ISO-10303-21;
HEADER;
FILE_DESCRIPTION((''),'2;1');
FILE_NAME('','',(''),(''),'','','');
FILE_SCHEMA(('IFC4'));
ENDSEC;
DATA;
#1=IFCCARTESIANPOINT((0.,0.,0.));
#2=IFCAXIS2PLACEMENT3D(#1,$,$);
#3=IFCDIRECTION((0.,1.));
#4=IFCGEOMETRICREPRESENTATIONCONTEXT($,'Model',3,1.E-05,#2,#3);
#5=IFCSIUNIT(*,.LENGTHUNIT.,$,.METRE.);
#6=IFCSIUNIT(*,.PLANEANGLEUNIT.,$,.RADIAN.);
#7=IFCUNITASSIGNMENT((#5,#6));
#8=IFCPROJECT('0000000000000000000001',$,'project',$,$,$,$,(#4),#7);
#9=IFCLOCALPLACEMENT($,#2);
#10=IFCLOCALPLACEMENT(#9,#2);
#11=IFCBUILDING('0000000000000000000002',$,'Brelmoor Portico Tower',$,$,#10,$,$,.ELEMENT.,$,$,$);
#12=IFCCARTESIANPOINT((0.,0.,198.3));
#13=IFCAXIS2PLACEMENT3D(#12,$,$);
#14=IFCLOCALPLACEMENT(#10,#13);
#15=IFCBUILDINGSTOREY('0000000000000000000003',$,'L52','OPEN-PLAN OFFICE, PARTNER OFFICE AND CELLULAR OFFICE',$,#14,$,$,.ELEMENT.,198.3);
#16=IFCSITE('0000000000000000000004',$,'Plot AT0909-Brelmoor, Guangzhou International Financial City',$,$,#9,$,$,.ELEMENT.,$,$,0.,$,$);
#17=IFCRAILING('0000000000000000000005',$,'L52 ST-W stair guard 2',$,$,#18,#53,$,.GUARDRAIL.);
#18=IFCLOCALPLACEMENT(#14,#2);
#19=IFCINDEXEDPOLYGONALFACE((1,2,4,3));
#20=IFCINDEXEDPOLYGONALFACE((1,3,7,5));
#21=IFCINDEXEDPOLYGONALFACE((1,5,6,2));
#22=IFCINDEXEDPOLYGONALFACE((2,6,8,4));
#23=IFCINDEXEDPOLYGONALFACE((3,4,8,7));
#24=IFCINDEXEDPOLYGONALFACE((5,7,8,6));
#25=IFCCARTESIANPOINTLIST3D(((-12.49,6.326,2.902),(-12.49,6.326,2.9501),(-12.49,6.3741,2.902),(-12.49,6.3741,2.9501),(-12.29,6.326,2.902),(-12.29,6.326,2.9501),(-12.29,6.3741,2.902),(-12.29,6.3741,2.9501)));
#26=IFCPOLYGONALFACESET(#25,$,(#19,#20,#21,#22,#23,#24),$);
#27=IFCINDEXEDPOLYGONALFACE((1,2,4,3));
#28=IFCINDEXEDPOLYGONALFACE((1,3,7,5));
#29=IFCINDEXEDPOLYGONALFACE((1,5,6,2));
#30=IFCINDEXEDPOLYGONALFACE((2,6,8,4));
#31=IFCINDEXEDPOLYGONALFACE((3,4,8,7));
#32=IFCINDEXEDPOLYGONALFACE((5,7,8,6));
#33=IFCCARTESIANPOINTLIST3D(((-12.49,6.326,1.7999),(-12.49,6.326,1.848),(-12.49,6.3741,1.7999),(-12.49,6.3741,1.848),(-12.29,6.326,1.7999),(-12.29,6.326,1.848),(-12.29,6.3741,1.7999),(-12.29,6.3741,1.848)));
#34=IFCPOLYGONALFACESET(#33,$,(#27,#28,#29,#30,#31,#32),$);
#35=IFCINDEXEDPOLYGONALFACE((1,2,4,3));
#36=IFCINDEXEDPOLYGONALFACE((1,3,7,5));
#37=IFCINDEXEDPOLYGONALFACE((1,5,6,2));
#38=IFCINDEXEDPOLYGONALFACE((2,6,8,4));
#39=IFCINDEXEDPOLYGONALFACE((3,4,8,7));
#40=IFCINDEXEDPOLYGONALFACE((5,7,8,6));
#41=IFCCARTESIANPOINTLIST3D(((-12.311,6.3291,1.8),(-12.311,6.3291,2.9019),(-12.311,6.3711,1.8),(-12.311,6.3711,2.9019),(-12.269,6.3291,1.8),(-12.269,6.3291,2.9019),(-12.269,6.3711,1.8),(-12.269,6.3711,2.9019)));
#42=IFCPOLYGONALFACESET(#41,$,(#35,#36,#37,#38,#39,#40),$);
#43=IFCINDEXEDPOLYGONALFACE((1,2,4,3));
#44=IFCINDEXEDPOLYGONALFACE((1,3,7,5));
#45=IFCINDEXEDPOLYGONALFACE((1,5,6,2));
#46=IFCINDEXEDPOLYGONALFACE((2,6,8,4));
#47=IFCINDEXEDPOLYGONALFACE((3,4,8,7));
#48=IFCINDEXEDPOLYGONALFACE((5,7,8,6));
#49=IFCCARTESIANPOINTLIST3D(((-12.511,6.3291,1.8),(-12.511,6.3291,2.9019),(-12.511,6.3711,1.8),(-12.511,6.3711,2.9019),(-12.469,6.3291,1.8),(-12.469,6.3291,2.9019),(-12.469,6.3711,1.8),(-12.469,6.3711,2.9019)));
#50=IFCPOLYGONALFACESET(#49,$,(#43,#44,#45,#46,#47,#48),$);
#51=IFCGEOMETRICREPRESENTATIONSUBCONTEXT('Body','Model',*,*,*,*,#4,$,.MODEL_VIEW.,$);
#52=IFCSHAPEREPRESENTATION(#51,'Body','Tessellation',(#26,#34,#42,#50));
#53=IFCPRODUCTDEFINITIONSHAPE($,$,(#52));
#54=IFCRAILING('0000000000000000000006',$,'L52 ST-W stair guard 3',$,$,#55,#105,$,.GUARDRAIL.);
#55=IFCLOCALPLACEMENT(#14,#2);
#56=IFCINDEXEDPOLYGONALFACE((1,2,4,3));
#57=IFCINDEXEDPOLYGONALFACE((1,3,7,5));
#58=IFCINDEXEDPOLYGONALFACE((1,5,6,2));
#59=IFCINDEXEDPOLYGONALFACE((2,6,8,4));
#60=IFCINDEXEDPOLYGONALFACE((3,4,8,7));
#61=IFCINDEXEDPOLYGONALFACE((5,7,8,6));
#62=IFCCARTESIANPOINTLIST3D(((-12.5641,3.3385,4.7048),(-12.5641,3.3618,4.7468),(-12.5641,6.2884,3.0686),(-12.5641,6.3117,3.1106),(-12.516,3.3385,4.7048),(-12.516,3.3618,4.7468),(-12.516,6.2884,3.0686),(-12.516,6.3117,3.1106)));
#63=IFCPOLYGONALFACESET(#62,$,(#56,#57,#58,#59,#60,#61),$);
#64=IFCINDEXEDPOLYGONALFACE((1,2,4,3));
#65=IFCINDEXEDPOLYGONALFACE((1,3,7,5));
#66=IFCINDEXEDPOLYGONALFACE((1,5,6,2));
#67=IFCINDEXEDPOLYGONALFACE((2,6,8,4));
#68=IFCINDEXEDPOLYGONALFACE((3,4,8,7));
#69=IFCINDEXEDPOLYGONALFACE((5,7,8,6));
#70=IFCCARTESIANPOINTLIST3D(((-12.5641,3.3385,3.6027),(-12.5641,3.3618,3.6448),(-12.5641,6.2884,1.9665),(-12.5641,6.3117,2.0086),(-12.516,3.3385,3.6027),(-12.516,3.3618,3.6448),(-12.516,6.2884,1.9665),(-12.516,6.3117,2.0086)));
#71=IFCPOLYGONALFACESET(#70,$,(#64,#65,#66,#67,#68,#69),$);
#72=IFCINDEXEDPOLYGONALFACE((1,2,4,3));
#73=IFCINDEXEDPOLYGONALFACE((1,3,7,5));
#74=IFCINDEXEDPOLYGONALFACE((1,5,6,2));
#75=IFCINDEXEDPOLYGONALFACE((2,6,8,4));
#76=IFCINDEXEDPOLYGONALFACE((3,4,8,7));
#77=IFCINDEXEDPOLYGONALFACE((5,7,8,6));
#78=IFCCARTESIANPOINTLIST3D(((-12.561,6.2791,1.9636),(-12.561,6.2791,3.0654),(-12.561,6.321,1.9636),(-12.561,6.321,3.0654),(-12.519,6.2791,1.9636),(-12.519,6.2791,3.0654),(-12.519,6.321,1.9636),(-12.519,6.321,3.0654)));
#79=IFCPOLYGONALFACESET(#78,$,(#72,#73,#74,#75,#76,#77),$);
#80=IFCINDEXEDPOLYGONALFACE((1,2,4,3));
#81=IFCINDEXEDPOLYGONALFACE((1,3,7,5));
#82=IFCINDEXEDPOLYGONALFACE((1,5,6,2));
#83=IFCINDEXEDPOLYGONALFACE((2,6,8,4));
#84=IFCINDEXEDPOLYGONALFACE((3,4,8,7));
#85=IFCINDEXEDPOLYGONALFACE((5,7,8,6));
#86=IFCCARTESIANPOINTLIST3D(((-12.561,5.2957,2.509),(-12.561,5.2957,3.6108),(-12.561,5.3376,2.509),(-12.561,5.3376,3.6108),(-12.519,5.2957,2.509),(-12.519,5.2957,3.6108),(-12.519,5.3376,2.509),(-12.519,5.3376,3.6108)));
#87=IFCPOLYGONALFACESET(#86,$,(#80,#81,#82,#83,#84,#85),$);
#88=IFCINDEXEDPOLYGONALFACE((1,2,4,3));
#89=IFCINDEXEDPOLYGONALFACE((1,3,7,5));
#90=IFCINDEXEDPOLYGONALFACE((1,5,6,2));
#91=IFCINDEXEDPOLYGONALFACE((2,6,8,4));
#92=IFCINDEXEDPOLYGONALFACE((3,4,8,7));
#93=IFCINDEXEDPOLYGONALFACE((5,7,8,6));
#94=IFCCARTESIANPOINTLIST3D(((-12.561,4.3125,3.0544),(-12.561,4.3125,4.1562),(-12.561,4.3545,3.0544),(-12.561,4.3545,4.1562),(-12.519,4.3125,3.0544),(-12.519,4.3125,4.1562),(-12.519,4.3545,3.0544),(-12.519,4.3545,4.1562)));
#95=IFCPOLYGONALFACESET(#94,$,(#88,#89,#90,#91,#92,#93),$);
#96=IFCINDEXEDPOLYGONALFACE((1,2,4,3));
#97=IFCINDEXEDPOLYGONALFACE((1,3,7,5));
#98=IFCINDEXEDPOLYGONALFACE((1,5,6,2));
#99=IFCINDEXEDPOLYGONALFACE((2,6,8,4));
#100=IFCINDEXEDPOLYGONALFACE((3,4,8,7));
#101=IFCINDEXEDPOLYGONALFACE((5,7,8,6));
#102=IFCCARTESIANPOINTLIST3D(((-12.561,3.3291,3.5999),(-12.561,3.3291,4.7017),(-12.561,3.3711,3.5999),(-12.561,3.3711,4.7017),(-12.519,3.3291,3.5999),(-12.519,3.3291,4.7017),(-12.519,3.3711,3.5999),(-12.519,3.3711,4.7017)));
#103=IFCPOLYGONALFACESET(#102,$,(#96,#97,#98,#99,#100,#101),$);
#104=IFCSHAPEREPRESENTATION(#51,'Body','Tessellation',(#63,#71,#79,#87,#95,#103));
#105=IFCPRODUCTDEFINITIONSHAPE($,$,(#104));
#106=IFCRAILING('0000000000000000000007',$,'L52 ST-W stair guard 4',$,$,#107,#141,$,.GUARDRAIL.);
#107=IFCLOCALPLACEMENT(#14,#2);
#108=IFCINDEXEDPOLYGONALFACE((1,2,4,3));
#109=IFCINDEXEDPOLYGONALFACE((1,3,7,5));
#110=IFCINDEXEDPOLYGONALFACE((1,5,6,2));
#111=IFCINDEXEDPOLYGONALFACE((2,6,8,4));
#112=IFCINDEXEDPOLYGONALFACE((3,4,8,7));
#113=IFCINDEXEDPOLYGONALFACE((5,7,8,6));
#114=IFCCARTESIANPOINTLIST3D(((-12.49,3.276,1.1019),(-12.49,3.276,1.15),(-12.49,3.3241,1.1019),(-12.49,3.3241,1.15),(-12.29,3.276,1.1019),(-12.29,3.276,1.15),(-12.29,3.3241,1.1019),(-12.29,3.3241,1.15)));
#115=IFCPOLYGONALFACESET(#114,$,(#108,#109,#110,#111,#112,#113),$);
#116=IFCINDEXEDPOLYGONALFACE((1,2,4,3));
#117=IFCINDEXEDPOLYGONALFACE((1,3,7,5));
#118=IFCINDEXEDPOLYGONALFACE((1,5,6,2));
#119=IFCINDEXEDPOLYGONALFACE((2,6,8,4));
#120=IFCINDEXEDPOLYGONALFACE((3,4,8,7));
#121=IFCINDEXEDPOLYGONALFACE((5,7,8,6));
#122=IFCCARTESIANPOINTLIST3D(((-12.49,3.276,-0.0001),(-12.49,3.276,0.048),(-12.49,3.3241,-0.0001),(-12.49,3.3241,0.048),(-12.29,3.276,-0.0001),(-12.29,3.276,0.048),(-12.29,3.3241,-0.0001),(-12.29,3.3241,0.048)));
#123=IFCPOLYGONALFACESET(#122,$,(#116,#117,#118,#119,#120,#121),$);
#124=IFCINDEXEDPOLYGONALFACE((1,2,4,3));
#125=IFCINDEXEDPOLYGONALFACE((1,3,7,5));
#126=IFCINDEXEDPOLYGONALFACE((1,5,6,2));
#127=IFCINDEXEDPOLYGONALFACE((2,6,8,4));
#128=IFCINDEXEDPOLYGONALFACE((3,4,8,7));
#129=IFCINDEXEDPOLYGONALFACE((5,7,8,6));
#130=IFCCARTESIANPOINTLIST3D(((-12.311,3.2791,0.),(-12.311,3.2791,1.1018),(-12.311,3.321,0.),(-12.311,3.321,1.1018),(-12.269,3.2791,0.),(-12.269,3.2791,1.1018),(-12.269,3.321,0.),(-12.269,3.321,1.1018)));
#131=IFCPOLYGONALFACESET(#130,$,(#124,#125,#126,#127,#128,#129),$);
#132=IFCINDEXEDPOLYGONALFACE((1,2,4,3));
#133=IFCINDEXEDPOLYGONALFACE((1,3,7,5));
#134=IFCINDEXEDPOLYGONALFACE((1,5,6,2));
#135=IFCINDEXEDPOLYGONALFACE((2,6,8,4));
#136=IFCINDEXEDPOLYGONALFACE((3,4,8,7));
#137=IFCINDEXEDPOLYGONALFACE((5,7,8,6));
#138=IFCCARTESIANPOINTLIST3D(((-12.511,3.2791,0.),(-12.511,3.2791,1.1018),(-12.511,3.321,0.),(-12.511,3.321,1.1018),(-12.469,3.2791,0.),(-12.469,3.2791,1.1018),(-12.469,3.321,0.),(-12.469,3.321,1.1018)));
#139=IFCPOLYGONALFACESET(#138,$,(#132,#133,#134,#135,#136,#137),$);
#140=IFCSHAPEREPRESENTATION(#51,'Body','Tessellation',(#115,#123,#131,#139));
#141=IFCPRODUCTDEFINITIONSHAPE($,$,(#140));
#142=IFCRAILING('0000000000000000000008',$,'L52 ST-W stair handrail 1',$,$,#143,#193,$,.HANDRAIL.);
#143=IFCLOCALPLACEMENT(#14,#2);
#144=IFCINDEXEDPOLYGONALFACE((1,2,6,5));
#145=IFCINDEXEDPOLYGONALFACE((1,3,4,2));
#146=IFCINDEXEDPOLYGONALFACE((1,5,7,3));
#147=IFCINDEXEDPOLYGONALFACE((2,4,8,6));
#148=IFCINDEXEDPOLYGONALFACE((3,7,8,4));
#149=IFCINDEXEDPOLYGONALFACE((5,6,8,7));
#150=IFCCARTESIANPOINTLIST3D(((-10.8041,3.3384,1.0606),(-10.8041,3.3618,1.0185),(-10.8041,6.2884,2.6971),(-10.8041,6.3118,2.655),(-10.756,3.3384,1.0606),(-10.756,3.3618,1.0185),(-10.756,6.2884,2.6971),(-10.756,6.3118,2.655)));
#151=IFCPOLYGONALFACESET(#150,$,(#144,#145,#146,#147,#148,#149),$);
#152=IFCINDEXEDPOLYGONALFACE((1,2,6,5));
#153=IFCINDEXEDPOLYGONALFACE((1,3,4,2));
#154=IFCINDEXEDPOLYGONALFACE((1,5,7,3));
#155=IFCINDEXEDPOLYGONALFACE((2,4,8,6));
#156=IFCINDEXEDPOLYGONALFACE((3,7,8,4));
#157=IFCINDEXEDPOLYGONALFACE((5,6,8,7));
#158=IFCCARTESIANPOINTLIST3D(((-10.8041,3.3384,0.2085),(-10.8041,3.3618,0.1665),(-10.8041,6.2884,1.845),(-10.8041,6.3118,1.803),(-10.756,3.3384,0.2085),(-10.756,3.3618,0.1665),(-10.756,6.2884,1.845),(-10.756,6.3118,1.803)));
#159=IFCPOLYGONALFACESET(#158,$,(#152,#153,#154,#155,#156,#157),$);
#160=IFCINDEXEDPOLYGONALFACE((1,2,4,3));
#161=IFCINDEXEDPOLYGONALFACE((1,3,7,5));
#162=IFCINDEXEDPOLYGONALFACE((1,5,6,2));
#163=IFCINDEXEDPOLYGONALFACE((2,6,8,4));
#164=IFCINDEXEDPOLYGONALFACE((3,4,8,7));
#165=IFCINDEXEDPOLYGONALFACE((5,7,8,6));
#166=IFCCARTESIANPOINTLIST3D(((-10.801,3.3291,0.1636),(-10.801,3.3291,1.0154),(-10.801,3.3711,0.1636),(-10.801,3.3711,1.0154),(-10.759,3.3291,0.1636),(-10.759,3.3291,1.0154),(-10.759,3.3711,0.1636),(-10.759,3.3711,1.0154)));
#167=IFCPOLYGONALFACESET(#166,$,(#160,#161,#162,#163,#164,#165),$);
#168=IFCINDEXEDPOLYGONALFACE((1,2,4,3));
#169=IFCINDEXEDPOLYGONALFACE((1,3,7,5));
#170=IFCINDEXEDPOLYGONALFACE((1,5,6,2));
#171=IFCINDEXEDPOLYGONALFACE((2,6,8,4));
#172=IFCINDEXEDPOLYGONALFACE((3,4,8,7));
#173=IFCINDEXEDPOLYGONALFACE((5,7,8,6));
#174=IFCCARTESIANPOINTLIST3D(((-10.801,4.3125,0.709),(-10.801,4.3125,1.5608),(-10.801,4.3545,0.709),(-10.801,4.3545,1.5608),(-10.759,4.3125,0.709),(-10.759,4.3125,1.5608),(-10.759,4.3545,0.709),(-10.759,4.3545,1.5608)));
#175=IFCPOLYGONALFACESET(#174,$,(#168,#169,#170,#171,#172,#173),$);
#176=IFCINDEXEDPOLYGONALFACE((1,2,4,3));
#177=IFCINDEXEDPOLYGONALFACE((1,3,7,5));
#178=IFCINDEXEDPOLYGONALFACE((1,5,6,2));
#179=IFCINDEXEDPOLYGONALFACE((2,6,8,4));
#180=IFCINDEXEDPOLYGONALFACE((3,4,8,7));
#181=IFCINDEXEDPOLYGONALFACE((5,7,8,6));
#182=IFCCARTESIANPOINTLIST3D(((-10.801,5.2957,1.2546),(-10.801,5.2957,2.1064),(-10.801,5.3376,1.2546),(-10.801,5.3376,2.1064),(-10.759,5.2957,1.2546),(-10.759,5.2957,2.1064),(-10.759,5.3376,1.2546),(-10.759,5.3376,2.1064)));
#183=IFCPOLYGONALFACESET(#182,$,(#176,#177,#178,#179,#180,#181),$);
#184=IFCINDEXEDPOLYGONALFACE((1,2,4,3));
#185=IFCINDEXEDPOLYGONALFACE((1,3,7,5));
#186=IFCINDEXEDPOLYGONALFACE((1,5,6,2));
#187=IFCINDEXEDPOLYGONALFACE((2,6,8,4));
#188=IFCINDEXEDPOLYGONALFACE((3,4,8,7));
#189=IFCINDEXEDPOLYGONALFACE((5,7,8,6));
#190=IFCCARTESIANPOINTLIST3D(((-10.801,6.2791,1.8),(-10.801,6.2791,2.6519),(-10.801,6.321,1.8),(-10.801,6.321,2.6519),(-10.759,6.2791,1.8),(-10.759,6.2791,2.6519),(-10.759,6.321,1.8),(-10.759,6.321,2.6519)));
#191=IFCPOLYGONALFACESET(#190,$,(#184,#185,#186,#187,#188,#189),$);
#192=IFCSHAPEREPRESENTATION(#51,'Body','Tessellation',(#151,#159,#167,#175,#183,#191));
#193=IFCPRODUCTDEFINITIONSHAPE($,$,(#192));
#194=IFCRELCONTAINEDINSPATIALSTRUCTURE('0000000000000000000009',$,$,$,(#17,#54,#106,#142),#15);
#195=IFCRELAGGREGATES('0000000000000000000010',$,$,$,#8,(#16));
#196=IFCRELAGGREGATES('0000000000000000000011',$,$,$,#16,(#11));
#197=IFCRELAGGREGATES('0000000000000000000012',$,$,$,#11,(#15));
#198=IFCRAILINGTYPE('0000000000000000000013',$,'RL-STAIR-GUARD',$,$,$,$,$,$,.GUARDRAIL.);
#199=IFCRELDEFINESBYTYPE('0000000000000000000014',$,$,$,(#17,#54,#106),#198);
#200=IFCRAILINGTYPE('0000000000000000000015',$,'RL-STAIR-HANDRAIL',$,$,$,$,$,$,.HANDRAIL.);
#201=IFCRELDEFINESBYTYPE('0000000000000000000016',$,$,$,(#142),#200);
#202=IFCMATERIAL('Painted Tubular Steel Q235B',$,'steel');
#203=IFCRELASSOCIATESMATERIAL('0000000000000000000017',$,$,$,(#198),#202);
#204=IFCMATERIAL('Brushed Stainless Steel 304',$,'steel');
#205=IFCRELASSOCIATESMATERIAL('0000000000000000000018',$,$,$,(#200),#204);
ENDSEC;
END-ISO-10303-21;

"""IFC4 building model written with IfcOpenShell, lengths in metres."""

from ifc_helpers import new_model, si_unit, direction, frame, origin, origin_2d, place, context, subcontext, project, spatial, rectangle, extrude, material, type_object, element, save


model = new_model("IFC4")

# Units and contexts
model_context = context("Model", 3, precision=1e-05, world=origin(), true_north=direction((0.0, 1.0)))
body_context = subcontext(model_context, "Body", "Model", "MODEL_VIEW")
ifc_project = project(units=[si_unit("LENGTHUNIT", "METRE"), si_unit("PLANEANGLEUNIT", "RADIAN")], contexts=[model_context])

# Site, building, storey
site_placement = place(None, origin())
site = spatial("IfcSite", under=ifc_project, at=site_placement, Name="Plot AT0909-Brelmoor, Guangzhou International Financial City", CompositionType="ELEMENT", RefElevation=0.0)
building_placement = place(site_placement, origin())
building = spatial("IfcBuilding", under=site, at=building_placement, Name="Brelmoor Portico Tower", CompositionType="ELEMENT")
storey_placement = place(building_placement, frame((0.0, 0.0, 198.3)))
storey = spatial("IfcBuildingStorey", under=building, at=storey_placement, Name="L52", Description="OPEN-PLAN OFFICE, PARTNER OFFICE AND CELLULAR OFFICE", CompositionType="ELEMENT", Elevation=198.3)

# Railings
ifc_material_1 = material(Name="Painted Tubular Steel Q235B", Category="steel")
railing_type_1 = type_object("IfcRailingType", Name="RL-STAIR-GUARD", PredefinedType="GUARDRAIL", material=ifc_material_1)
railing_1_placement = place(storey_placement, frame((-12.29, 6.3501, 1.8)))
element("IfcRailing", 1, at=railing_1_placement, inside=storey, type_object=railing_type_1, Name="L52 ST-W stair guard 2", PredefinedType="GUARDRAIL", context=body_context, shape_type="SweptSolid", body=[
    extrude(rectangle(XDim=0.0481, YDim=0.0481, at=origin_2d()), frame((0.0, 0.0, 1.126), z_axis=(-1.0, 0.0, 0.0), x_axis=(0.0, -1.0, 0.0)), (0.0, 0.0, 1.0), 0.2),
    extrude(rectangle(XDim=0.0481, YDim=0.0481, at=origin_2d()), frame((0.0, 0.0, 0.0239), z_axis=(-1.0, 0.0, 0.0), x_axis=(0.0, -1.0, 0.0)), (0.0, 0.0, 1.0), 0.2),
    extrude(rectangle(XDim=0.042, YDim=0.042, at=origin_2d()), origin(), (0.0, 0.0, 1.0), 1.1018),
    extrude(rectangle(XDim=0.042, YDim=0.042, at=origin_2d()), frame((-0.2, 0.0, 0.0)), (0.0, 0.0, 1.0), 1.1018),
])
railing_2_placement = place(storey_placement, frame((-12.54, 6.3, 1.9636)))
element("IfcRailing", 2, at=railing_2_placement, inside=storey, type_object=railing_type_1, Name="L52 ST-W stair guard 3", PredefinedType="GUARDRAIL", context=body_context, shape_type="SweptSolid", body=[
    extrude(rectangle(XDim=0.0481, YDim=0.0481, at=origin_2d()), frame((0.0, 0.0, 1.126), z_axis=(0.0, -0.874488, 0.485047), x_axis=(1.0, 0.0, 0.0)), (0.0, 0.0, 1.0), 3.3733),
    extrude(rectangle(XDim=0.0481, YDim=0.0481, at=origin_2d()), frame((0.0, 0.0, 0.0239), z_axis=(0.0, -0.874488, 0.485047), x_axis=(1.0, 0.0, 0.0)), (0.0, 0.0, 1.0), 3.3733),
    extrude(rectangle(XDim=0.042, YDim=0.042, at=origin_2d()), origin(), (0.0, 0.0, 1.0), 1.1018),
    extrude(rectangle(XDim=0.042, YDim=0.042, at=origin_2d()), frame((0.0, -0.9834, 0.5454)), (0.0, 0.0, 1.0), 1.1018),
    extrude(rectangle(XDim=0.042, YDim=0.042, at=origin_2d()), frame((0.0, -1.9666, 1.0908)), (0.0, 0.0, 1.0), 1.1018),
    extrude(rectangle(XDim=0.042, YDim=0.042, at=origin_2d()), frame((0.0, -2.95, 1.6362)), (0.0, 0.0, 1.0), 1.1018),
])
railing_3_placement = place(storey_placement, frame((-12.29, 3.3, 0.0)))
element("IfcRailing", 3, at=railing_3_placement, inside=storey, type_object=railing_type_1, Name="L52 ST-W stair guard 4", PredefinedType="GUARDRAIL", context=body_context, shape_type="SweptSolid", body=[
    extrude(rectangle(XDim=0.0481, YDim=0.0481, at=origin_2d()), frame((0.0, 0.0, 1.126), z_axis=(-1.0, 0.0, 0.0), x_axis=(0.0, -1.0, 0.0)), (0.0, 0.0, 1.0), 0.2),
    extrude(rectangle(XDim=0.0481, YDim=0.0481, at=origin_2d()), frame((0.0, 0.0, 0.0239), z_axis=(-1.0, 0.0, 0.0), x_axis=(0.0, -1.0, 0.0)), (0.0, 0.0, 1.0), 0.2),
    extrude(rectangle(XDim=0.042, YDim=0.042, at=origin_2d()), origin(), (0.0, 0.0, 1.0), 1.1018),
    extrude(rectangle(XDim=0.042, YDim=0.042, at=origin_2d()), frame((-0.2, 0.0, 0.0)), (0.0, 0.0, 1.0), 1.1018),
])
ifc_material_2 = material(Name="Brushed Stainless Steel 304", Category="steel")
railing_type_2 = type_object("IfcRailingType", Name="RL-STAIR-HANDRAIL", PredefinedType="HANDRAIL", material=ifc_material_2)
railing_4_placement = place(storey_placement, frame((-10.78, 3.3501, 0.1636)))
element("IfcRailing", 4, at=railing_4_placement, inside=storey, type_object=railing_type_2, Name="L52 ST-W stair handrail 1", PredefinedType="HANDRAIL", context=body_context, shape_type="SweptSolid", body=[
    extrude(rectangle(XDim=0.0481, YDim=0.0481, at=origin_2d()), frame((0.0, 0.0, 0.876), z_axis=(0.0, 0.874458, 0.485102), x_axis=(-1.0, 0.0, 0.0)), (0.0, 0.0, 1.0), 3.3735),
    extrude(rectangle(XDim=0.0481, YDim=0.0481, at=origin_2d()), frame((0.0, 0.0, 0.0239), z_axis=(0.0, 0.874458, 0.485102), x_axis=(-1.0, 0.0, 0.0)), (0.0, 0.0, 1.0), 3.3735),
    extrude(rectangle(XDim=0.042, YDim=0.042, at=origin_2d()), origin(), (0.0, 0.0, 1.0), 0.8518),
    extrude(rectangle(XDim=0.042, YDim=0.042, at=origin_2d()), frame((0.0, 0.9834, 0.5454)), (0.0, 0.0, 1.0), 0.8518),
    extrude(rectangle(XDim=0.042, YDim=0.042, at=origin_2d()), frame((0.0, 1.9666, 1.0911)), (0.0, 0.0, 1.0), 0.8518),
    extrude(rectangle(XDim=0.042, YDim=0.042, at=origin_2d()), frame((0.0, 2.95, 1.6365)), (0.0, 0.0, 1.0), 0.8518),
])

save(model, "model.ifc")
